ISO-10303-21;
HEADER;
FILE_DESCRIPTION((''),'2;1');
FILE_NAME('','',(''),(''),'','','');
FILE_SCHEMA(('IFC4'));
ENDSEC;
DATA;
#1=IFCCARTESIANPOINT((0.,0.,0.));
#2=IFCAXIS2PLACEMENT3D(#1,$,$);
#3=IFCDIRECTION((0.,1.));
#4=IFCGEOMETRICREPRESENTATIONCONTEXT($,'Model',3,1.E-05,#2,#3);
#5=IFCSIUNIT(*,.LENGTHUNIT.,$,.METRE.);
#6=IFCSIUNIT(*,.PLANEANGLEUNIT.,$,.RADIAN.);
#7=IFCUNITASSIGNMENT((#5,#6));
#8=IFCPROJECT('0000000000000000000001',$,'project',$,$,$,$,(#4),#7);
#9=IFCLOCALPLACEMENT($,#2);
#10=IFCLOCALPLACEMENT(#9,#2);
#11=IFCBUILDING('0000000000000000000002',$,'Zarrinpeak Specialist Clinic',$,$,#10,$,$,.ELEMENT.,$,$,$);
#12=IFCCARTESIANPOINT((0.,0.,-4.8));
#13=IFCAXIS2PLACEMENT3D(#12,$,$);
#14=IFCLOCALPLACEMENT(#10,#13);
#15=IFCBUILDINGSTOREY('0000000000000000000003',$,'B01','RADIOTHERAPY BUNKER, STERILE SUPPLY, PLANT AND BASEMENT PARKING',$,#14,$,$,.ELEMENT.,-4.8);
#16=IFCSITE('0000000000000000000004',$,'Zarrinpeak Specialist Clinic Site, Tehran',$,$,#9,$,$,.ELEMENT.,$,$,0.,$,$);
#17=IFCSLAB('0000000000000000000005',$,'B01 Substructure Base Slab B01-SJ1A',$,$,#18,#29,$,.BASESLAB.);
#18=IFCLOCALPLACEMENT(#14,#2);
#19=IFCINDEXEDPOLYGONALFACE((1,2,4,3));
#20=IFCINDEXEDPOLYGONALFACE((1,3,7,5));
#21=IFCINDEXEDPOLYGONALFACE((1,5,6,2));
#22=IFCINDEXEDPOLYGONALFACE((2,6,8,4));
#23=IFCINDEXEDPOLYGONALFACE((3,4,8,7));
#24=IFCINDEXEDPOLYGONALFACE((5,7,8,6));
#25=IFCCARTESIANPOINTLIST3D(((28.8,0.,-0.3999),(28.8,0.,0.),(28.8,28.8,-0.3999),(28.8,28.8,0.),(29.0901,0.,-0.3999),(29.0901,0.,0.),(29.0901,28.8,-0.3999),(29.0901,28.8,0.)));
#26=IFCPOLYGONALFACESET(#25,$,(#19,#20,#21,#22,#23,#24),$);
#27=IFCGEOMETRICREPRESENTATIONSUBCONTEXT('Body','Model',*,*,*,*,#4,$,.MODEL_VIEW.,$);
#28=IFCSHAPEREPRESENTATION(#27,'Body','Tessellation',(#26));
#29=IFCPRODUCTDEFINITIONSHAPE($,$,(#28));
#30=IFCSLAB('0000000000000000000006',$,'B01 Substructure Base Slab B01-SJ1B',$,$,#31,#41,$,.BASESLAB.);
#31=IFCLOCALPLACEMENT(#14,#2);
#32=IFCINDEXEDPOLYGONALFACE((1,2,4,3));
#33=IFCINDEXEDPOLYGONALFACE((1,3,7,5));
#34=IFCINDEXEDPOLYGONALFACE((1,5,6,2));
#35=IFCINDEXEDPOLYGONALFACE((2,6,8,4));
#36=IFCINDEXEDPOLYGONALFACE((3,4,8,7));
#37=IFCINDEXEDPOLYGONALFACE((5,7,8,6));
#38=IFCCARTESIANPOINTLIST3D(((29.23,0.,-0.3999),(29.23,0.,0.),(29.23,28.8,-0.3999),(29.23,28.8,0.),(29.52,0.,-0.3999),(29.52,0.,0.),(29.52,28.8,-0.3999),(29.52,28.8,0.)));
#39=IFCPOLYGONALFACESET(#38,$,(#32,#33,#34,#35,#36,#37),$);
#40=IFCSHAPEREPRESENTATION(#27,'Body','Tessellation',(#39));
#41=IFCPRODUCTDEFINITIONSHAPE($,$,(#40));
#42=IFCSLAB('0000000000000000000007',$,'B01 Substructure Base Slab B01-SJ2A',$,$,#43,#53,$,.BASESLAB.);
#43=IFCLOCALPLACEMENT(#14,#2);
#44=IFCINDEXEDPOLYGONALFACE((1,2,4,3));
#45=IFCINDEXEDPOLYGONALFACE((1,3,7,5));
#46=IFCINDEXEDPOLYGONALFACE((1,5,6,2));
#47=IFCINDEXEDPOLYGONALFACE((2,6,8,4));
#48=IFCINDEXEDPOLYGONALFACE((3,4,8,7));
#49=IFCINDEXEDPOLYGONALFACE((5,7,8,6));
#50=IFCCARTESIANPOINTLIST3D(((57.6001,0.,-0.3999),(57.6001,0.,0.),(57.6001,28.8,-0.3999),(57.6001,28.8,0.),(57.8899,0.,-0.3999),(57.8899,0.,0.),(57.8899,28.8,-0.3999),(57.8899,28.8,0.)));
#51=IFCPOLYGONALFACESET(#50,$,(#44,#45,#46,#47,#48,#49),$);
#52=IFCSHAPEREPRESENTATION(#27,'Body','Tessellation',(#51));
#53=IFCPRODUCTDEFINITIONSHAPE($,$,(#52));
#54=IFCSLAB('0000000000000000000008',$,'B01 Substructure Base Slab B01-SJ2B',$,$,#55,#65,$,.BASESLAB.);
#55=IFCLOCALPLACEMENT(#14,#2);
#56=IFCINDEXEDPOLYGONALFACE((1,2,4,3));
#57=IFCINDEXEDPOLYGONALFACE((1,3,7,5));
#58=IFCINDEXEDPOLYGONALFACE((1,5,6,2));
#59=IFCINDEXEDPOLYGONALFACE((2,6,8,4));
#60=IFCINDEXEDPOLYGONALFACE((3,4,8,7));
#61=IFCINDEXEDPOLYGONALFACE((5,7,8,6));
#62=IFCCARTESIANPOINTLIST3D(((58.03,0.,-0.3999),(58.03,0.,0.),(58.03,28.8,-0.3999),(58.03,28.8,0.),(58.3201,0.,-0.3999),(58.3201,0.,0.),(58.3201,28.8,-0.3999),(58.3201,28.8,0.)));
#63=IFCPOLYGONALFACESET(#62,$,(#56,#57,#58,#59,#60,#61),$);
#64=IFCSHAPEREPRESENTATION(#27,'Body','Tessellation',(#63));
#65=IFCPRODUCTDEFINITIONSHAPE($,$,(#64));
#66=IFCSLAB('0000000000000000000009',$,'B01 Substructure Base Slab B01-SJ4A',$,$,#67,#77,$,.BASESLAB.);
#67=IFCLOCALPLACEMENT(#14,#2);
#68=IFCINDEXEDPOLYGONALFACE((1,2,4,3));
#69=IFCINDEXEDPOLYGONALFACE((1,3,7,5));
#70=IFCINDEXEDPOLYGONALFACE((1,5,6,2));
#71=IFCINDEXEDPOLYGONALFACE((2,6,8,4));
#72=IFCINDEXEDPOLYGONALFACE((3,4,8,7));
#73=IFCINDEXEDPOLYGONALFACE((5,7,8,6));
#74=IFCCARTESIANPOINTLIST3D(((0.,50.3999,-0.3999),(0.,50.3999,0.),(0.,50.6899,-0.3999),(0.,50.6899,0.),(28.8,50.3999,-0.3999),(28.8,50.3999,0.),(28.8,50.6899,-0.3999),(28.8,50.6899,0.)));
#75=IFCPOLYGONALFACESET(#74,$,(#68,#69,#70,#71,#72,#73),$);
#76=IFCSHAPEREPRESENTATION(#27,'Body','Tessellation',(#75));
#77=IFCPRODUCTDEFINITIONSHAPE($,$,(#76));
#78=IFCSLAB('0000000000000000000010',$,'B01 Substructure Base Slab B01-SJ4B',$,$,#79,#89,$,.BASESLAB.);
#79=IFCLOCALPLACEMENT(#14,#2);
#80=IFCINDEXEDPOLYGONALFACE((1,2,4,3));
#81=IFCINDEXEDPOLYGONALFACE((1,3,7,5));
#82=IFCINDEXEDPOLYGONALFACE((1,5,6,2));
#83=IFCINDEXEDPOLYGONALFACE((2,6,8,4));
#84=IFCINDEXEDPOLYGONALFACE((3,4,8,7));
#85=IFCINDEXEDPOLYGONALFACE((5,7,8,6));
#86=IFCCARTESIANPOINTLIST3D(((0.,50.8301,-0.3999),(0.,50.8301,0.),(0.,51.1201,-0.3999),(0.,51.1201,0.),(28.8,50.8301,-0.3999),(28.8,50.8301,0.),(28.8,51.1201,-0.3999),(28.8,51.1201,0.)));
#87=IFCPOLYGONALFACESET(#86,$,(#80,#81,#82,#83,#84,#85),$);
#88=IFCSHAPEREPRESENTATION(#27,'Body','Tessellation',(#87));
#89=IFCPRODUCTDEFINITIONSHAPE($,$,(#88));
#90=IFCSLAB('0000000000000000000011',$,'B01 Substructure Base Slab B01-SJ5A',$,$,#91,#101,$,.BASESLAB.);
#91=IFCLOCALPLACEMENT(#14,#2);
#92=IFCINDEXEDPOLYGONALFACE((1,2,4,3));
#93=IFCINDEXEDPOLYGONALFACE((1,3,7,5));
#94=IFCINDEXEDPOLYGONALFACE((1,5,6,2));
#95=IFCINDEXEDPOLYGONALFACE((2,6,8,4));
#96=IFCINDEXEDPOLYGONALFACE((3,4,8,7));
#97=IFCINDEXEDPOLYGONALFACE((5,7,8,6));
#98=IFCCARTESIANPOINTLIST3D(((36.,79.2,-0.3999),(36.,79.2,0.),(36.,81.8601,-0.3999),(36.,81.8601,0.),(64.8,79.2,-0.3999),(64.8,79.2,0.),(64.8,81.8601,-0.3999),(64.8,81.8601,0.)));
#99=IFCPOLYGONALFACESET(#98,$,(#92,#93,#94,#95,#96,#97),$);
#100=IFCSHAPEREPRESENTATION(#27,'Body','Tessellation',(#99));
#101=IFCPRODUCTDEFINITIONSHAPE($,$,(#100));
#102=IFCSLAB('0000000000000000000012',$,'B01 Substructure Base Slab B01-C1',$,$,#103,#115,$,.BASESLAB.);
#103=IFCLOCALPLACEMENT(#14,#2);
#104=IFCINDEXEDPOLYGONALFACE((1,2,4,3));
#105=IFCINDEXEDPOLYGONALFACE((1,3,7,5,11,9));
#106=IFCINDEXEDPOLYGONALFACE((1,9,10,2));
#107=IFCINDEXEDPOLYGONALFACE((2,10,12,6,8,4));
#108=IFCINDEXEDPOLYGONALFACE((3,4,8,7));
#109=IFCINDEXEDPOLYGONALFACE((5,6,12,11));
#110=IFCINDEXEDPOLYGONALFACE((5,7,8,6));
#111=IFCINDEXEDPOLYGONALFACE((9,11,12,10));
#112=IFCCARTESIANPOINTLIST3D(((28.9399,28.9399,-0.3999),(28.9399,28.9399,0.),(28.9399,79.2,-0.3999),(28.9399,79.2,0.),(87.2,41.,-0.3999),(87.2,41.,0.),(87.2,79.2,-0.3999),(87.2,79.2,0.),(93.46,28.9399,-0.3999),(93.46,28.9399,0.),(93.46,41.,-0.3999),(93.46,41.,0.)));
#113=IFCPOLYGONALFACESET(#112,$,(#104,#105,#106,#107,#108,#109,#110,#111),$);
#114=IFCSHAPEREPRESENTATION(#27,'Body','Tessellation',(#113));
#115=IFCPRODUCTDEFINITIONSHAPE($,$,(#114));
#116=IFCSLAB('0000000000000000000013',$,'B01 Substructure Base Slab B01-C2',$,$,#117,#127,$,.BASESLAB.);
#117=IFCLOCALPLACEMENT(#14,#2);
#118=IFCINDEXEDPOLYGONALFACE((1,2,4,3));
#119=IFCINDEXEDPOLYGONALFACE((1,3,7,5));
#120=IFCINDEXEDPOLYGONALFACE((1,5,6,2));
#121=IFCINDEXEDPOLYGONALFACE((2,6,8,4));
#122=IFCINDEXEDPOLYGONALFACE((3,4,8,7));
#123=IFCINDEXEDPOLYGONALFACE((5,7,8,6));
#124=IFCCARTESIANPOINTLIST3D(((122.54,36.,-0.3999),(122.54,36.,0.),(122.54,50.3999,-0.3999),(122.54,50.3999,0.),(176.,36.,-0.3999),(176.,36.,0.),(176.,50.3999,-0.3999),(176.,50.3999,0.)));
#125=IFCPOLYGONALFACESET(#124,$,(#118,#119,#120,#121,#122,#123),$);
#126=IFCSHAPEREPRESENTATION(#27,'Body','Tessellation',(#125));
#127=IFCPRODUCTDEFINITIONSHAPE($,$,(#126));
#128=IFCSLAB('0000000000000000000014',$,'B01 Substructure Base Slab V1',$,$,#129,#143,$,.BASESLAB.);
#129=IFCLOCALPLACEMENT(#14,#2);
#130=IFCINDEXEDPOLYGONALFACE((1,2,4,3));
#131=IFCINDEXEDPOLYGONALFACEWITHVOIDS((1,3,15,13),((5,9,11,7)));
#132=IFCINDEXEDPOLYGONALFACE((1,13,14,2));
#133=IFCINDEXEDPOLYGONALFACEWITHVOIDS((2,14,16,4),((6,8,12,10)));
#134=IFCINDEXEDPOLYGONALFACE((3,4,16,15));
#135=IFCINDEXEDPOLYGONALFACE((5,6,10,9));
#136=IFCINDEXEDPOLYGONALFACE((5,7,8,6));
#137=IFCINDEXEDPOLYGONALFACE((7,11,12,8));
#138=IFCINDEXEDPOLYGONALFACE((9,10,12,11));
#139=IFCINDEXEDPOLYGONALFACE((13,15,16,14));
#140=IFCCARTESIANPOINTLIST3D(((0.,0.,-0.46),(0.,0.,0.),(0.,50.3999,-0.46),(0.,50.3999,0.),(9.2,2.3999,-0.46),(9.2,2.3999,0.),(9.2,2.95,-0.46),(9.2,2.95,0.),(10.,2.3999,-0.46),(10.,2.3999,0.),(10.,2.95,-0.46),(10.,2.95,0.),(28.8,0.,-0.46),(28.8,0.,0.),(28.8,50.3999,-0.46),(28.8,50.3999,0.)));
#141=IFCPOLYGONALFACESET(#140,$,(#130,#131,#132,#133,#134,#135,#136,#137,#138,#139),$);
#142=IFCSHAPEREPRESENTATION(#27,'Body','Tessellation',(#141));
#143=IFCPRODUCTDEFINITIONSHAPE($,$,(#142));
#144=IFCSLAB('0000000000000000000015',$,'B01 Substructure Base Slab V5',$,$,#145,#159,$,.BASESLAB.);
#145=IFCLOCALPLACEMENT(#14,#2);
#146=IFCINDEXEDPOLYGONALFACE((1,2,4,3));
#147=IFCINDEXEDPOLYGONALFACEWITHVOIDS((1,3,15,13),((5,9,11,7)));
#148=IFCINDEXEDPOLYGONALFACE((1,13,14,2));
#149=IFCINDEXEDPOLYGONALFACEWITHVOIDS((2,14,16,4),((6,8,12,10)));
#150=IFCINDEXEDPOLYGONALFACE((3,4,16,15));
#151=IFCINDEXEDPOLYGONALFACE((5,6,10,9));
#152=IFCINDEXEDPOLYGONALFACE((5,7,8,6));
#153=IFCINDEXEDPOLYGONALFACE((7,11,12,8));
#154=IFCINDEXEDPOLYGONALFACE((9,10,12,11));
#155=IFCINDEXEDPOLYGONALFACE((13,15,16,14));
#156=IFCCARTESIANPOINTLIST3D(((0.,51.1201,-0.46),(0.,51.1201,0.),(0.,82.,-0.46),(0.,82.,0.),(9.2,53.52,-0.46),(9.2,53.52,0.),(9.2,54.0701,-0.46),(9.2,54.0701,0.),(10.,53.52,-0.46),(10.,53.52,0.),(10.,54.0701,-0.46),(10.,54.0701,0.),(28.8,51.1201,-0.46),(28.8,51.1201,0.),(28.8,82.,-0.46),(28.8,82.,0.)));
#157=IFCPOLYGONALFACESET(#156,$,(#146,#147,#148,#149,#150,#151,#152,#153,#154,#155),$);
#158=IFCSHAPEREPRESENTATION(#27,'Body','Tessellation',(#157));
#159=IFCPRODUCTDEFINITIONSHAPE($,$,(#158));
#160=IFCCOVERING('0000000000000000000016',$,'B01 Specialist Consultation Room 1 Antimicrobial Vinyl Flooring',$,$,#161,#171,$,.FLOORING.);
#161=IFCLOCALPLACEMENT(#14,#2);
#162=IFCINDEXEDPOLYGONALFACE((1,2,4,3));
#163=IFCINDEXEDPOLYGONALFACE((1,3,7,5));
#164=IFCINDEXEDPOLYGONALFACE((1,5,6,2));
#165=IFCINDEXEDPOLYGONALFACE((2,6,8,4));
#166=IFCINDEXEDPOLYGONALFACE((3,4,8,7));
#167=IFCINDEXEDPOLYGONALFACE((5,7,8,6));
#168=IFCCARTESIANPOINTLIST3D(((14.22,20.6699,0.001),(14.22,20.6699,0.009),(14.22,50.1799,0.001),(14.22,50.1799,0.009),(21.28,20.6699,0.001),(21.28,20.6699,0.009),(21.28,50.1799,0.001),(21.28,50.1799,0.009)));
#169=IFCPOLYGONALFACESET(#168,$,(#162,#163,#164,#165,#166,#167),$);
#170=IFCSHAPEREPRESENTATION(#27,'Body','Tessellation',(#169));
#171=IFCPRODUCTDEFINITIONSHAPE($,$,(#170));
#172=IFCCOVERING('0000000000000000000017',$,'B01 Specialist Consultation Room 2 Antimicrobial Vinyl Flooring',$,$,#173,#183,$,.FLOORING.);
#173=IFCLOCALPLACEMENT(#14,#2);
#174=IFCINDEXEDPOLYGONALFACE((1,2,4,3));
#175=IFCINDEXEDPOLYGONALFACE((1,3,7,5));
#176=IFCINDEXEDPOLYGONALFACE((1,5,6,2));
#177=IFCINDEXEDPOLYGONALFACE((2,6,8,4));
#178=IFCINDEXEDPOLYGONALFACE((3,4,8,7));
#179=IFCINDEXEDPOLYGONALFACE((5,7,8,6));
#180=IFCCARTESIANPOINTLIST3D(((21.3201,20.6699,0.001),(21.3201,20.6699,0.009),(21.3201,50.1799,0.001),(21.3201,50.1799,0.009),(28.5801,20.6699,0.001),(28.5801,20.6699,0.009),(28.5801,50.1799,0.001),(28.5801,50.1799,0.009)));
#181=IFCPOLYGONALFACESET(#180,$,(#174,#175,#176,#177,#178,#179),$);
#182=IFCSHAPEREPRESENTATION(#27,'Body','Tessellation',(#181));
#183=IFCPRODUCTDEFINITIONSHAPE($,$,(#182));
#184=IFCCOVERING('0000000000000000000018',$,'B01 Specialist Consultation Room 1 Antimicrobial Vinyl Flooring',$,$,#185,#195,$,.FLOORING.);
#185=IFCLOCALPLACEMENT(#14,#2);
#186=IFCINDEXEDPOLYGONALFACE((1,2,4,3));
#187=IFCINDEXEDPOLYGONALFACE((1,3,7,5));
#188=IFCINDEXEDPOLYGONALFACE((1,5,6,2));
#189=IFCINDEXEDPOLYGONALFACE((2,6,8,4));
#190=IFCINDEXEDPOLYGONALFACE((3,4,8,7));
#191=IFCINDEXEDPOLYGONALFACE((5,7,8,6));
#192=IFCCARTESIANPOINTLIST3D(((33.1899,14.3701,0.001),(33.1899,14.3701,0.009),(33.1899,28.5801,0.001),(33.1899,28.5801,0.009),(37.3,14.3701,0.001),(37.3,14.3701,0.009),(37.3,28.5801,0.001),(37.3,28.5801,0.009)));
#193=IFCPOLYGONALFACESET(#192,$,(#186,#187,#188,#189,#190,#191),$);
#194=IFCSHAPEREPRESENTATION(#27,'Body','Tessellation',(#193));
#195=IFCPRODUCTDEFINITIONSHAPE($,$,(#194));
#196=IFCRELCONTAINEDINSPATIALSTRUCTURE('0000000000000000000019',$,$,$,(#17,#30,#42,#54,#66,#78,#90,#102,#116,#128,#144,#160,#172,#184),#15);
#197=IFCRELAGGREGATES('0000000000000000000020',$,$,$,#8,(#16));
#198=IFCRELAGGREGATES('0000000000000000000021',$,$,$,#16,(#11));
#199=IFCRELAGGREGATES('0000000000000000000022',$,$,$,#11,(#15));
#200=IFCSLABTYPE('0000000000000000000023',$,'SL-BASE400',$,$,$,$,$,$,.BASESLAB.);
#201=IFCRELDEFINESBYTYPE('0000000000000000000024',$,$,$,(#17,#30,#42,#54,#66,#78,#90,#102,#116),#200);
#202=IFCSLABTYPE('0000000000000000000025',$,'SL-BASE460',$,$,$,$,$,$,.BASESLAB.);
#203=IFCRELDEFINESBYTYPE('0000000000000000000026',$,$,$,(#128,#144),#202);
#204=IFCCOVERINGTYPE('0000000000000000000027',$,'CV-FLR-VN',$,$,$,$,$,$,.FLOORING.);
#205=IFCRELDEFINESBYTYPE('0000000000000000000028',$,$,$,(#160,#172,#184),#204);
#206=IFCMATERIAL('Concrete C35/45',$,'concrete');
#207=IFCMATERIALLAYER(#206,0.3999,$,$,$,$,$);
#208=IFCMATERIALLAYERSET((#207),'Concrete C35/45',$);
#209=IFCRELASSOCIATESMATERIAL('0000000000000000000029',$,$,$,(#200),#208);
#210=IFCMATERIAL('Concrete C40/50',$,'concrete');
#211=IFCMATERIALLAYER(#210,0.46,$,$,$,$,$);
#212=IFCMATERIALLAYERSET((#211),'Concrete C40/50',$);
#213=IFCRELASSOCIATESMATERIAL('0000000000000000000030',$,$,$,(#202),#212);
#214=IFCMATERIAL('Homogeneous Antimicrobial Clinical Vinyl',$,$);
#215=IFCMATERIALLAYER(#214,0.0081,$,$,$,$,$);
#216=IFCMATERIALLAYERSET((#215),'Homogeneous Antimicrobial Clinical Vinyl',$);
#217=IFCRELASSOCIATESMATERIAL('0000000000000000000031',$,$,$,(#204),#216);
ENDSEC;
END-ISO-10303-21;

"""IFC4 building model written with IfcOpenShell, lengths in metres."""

from ifc_helpers import new_model, si_unit, direction, frame, origin, place, context, subcontext, project, spatial, polyline, outline, extrude, material, layer, layer_set, type_object, element, save


model = new_model("IFC4")

# Units and contexts
model_context = context("Model", 3, precision=1e-05, world=origin(), true_north=direction((0.0, 1.0)))
body_context = subcontext(model_context, "Body", "Model", "MODEL_VIEW")
ifc_project = project(units=[si_unit("LENGTHUNIT", "METRE"), si_unit("PLANEANGLEUNIT", "RADIAN")], contexts=[model_context])

# Site, building, storey
site_placement = place(None, origin())
site = spatial("IfcSite", under=ifc_project, at=site_placement, Name="Zarrinpeak Specialist Clinic Site, Tehran", CompositionType="ELEMENT", RefElevation=0.0)
building_placement = place(site_placement, origin())
building = spatial("IfcBuilding", under=site, at=building_placement, Name="Zarrinpeak Specialist Clinic", CompositionType="ELEMENT")
storey_placement = place(building_placement, frame((0.0, 0.0, -4.8)))
storey = spatial("IfcBuildingStorey", under=building, at=storey_placement, Name="B01", Description="RADIOTHERAPY BUNKER, STERILE SUPPLY, PLANT AND BASEMENT PARKING", CompositionType="ELEMENT", Elevation=-4.8)

# Shared definitions
ifc_material_1 = material(Name="Concrete C40/50", Category="concrete")

# Slabs
ifc_material_2 = material(Name="Concrete C35/45", Category="concrete")
ifc_layer_1 = layer(ifc_material_2, 0.3999)
ifc_layer_set_1 = layer_set([ifc_layer_1], Name="Concrete C35/45")
slab_type_1 = type_object("IfcSlabType", Name="SL-BASE400", PredefinedType="BASESLAB", material=ifc_layer_set_1)
slab_1_placement = place(storey_placement, frame((0.0, 0.0, -0.3999)))
element("IfcSlab", 1, at=slab_1_placement, inside=storey, type_object=slab_type_1, Name="B01 Substructure Base Slab B01-SJ1A", PredefinedType="BASESLAB", context=body_context, shape_type="SweptSolid", body=[
    extrude(outline(polyline([(28.8, 0.0), (29.0901, 0.0), (29.0901, 28.8), (28.8, 28.8), (28.8, 0.0)])), origin(), (0.0, 0.0, 1.0), 0.3999),
])
slab_2_placement = place(storey_placement, frame((0.0, 0.0, -0.3999)))
element("IfcSlab", 2, at=slab_2_placement, inside=storey, type_object=slab_type_1, Name="B01 Substructure Base Slab B01-SJ1B", PredefinedType="BASESLAB", context=body_context, shape_type="SweptSolid", body=[
    extrude(outline(polyline([(29.23, 0.0), (29.52, 0.0), (29.52, 28.8), (29.23, 28.8), (29.23, 0.0)])), origin(), (0.0, 0.0, 1.0), 0.3999),
])
slab_3_placement = place(storey_placement, frame((0.0, 0.0, -0.3999)))
element("IfcSlab", 3, at=slab_3_placement, inside=storey, type_object=slab_type_1, Name="B01 Substructure Base Slab B01-SJ2A", PredefinedType="BASESLAB", context=body_context, shape_type="SweptSolid", body=[
    extrude(outline(polyline([(57.6001, 0.0), (57.8899, 0.0), (57.8899, 28.8), (57.6001, 28.8), (57.6001, 0.0)])), origin(), (0.0, 0.0, 1.0), 0.3999),
])
slab_4_placement = place(storey_placement, frame((0.0, 0.0, -0.3999)))
element("IfcSlab", 4, at=slab_4_placement, inside=storey, type_object=slab_type_1, Name="B01 Substructure Base Slab B01-SJ2B", PredefinedType="BASESLAB", context=body_context, shape_type="SweptSolid", body=[
    extrude(outline(polyline([(58.03, 0.0), (58.3201, 0.0), (58.3201, 28.8), (58.03, 28.8), (58.03, 0.0)])), origin(), (0.0, 0.0, 1.0), 0.3999),
])
slab_5_placement = place(storey_placement, frame((0.0, 0.0, -0.3999)))
element("IfcSlab", 5, at=slab_5_placement, inside=storey, type_object=slab_type_1, Name="B01 Substructure Base Slab B01-SJ4A", PredefinedType="BASESLAB", context=body_context, shape_type="SweptSolid", body=[
    extrude(outline(polyline([(0.0, 50.3999), (28.8, 50.3999), (28.8, 50.6899), (0.0, 50.6899), (0.0, 50.3999)])), origin(), (0.0, 0.0, 1.0), 0.3999),
])
slab_6_placement = place(storey_placement, frame((0.0, 0.0, -0.3999)))
element("IfcSlab", 6, at=slab_6_placement, inside=storey, type_object=slab_type_1, Name="B01 Substructure Base Slab B01-SJ4B", PredefinedType="BASESLAB", context=body_context, shape_type="SweptSolid", body=[
    extrude(outline(polyline([(0.0, 50.8301), (28.8, 50.8301), (28.8, 51.1201), (0.0, 51.1201), (0.0, 50.8301)])), origin(), (0.0, 0.0, 1.0), 0.3999),
])
slab_7_placement = place(storey_placement, frame((0.0, 0.0, -0.3999)))
element("IfcSlab", 7, at=slab_7_placement, inside=storey, type_object=slab_type_1, Name="B01 Substructure Base Slab B01-SJ5A", PredefinedType="BASESLAB", context=body_context, shape_type="SweptSolid", body=[
    extrude(outline(polyline([(36.0, 79.2), (64.8, 79.2), (64.8, 81.8601), (36.0, 81.8601), (36.0, 79.2)])), origin(), (0.0, 0.0, 1.0), 0.3999),
])
slab_8_placement = place(storey_placement, frame((0.0, 0.0, -0.3999)))
element("IfcSlab", 8, at=slab_8_placement, inside=storey, type_object=slab_type_1, Name="B01 Substructure Base Slab B01-C1", PredefinedType="BASESLAB", context=body_context, shape_type="SweptSolid", body=[
    extrude(outline(polyline([(28.9399, 28.9399), (93.46, 28.9399), (93.46, 41.0), (87.2, 41.0), (87.2, 79.2), (28.9399, 79.2), (28.9399, 28.9399)])), origin(), (0.0, 0.0, 1.0), 0.3999),
])
slab_9_placement = place(storey_placement, frame((0.0, 0.0, -0.3999)))
element("IfcSlab", 9, at=slab_9_placement, inside=storey, type_object=slab_type_1, Name="B01 Substructure Base Slab B01-C2", PredefinedType="BASESLAB", context=body_context, shape_type="SweptSolid", body=[
    extrude(outline(polyline([(122.54, 36.0), (176.0, 36.0), (176.0, 50.3999), (122.54, 50.3999), (122.54, 36.0)])), origin(), (0.0, 0.0, 1.0), 0.3999),
])
ifc_layer_2 = layer(ifc_material_1, 0.46)
ifc_layer_set_2 = layer_set([ifc_layer_2], Name="Concrete C40/50")
slab_type_2 = type_object("IfcSlabType", Name="SL-BASE460", PredefinedType="BASESLAB", material=ifc_layer_set_2)
slab_10_placement = place(storey_placement, frame((0.0, 0.0, -0.46)))
element("IfcSlab", 10, at=slab_10_placement, inside=storey, type_object=slab_type_2, Name="B01 Substructure Base Slab V1", PredefinedType="BASESLAB", context=body_context, shape_type="SweptSolid", body=[
    extrude(outline(polyline([(0.0, 0.0), (28.8, 0.0), (28.8, 50.3999), (0.0, 50.3999), (0.0, 0.0)]), holes=[polyline([(9.2, 2.3999), (10.0, 2.3999), (10.0, 2.95), (9.2, 2.95), (9.2, 2.3999)])]), origin(), (0.0, 0.0, 1.0), 0.46),
])
slab_11_placement = place(storey_placement, frame((0.0, 0.0, -0.46)))
element("IfcSlab", 11, at=slab_11_placement, inside=storey, type_object=slab_type_2, Name="B01 Substructure Base Slab V5", PredefinedType="BASESLAB", context=body_context, shape_type="SweptSolid", body=[
    extrude(outline(polyline([(0.0, 51.1201), (28.8, 51.1201), (28.8, 82.0), (0.0, 82.0), (0.0, 51.1201)]), holes=[polyline([(9.2, 53.52), (10.0, 53.52), (10.0, 54.0701), (9.2, 54.0701), (9.2, 53.52)])]), origin(), (0.0, 0.0, 1.0), 0.46),
])

# Coverings
ifc_material_3 = material(Name="Homogeneous Antimicrobial Clinical Vinyl")
ifc_layer_3 = layer(ifc_material_3, 0.0081)
ifc_layer_set_3 = layer_set([ifc_layer_3], Name="Homogeneous Antimicrobial Clinical Vinyl")
covering_type = type_object("IfcCoveringType", Name="CV-FLR-VN", PredefinedType="FLOORING", material=ifc_layer_set_3)
covering_1_placement = place(storey_placement, frame((0.0, 0.0, 0.001)))
element("IfcCovering", 12, at=covering_1_placement, inside=storey, type_object=covering_type, Name="B01 Specialist Consultation Room 1 Antimicrobial Vinyl Flooring", PredefinedType="FLOORING", context=body_context, shape_type="SweptSolid", body=[
    extrude(outline(polyline([(14.22, 20.6699), (21.28, 20.6699), (21.28, 50.1799), (14.22, 50.1799), (14.22, 20.6699)])), origin(), (0.0, 0.0, 1.0), 0.0081),
])
covering_2_placement = place(storey_placement, frame((0.0, 0.0, 0.001)))
element("IfcCovering", 13, at=covering_2_placement, inside=storey, type_object=covering_type, Name="B01 Specialist Consultation Room 2 Antimicrobial Vinyl Flooring", PredefinedType="FLOORING", context=body_context, shape_type="SweptSolid", body=[
    extrude(outline(polyline([(21.3201, 20.6699), (28.5801, 20.6699), (28.5801, 50.1799), (21.3201, 50.1799), (21.3201, 20.6699)])), origin(), (0.0, 0.0, 1.0), 0.0081),
])
covering_3_placement = place(storey_placement, frame((0.0, 0.0, 0.001)))
element("IfcCovering", 14, at=covering_3_placement, inside=storey, type_object=covering_type, Name="B01 Specialist Consultation Room 1 Antimicrobial Vinyl Flooring", PredefinedType="FLOORING", context=body_context, shape_type="SweptSolid", body=[
    extrude(outline(polyline([(33.1899, 14.3701), (37.3, 14.3701), (37.3, 28.5801), (33.1899, 28.5801), (33.1899, 14.3701)])), origin(), (0.0, 0.0, 1.0), 0.0081),
])

save(model, "model.ifc")
